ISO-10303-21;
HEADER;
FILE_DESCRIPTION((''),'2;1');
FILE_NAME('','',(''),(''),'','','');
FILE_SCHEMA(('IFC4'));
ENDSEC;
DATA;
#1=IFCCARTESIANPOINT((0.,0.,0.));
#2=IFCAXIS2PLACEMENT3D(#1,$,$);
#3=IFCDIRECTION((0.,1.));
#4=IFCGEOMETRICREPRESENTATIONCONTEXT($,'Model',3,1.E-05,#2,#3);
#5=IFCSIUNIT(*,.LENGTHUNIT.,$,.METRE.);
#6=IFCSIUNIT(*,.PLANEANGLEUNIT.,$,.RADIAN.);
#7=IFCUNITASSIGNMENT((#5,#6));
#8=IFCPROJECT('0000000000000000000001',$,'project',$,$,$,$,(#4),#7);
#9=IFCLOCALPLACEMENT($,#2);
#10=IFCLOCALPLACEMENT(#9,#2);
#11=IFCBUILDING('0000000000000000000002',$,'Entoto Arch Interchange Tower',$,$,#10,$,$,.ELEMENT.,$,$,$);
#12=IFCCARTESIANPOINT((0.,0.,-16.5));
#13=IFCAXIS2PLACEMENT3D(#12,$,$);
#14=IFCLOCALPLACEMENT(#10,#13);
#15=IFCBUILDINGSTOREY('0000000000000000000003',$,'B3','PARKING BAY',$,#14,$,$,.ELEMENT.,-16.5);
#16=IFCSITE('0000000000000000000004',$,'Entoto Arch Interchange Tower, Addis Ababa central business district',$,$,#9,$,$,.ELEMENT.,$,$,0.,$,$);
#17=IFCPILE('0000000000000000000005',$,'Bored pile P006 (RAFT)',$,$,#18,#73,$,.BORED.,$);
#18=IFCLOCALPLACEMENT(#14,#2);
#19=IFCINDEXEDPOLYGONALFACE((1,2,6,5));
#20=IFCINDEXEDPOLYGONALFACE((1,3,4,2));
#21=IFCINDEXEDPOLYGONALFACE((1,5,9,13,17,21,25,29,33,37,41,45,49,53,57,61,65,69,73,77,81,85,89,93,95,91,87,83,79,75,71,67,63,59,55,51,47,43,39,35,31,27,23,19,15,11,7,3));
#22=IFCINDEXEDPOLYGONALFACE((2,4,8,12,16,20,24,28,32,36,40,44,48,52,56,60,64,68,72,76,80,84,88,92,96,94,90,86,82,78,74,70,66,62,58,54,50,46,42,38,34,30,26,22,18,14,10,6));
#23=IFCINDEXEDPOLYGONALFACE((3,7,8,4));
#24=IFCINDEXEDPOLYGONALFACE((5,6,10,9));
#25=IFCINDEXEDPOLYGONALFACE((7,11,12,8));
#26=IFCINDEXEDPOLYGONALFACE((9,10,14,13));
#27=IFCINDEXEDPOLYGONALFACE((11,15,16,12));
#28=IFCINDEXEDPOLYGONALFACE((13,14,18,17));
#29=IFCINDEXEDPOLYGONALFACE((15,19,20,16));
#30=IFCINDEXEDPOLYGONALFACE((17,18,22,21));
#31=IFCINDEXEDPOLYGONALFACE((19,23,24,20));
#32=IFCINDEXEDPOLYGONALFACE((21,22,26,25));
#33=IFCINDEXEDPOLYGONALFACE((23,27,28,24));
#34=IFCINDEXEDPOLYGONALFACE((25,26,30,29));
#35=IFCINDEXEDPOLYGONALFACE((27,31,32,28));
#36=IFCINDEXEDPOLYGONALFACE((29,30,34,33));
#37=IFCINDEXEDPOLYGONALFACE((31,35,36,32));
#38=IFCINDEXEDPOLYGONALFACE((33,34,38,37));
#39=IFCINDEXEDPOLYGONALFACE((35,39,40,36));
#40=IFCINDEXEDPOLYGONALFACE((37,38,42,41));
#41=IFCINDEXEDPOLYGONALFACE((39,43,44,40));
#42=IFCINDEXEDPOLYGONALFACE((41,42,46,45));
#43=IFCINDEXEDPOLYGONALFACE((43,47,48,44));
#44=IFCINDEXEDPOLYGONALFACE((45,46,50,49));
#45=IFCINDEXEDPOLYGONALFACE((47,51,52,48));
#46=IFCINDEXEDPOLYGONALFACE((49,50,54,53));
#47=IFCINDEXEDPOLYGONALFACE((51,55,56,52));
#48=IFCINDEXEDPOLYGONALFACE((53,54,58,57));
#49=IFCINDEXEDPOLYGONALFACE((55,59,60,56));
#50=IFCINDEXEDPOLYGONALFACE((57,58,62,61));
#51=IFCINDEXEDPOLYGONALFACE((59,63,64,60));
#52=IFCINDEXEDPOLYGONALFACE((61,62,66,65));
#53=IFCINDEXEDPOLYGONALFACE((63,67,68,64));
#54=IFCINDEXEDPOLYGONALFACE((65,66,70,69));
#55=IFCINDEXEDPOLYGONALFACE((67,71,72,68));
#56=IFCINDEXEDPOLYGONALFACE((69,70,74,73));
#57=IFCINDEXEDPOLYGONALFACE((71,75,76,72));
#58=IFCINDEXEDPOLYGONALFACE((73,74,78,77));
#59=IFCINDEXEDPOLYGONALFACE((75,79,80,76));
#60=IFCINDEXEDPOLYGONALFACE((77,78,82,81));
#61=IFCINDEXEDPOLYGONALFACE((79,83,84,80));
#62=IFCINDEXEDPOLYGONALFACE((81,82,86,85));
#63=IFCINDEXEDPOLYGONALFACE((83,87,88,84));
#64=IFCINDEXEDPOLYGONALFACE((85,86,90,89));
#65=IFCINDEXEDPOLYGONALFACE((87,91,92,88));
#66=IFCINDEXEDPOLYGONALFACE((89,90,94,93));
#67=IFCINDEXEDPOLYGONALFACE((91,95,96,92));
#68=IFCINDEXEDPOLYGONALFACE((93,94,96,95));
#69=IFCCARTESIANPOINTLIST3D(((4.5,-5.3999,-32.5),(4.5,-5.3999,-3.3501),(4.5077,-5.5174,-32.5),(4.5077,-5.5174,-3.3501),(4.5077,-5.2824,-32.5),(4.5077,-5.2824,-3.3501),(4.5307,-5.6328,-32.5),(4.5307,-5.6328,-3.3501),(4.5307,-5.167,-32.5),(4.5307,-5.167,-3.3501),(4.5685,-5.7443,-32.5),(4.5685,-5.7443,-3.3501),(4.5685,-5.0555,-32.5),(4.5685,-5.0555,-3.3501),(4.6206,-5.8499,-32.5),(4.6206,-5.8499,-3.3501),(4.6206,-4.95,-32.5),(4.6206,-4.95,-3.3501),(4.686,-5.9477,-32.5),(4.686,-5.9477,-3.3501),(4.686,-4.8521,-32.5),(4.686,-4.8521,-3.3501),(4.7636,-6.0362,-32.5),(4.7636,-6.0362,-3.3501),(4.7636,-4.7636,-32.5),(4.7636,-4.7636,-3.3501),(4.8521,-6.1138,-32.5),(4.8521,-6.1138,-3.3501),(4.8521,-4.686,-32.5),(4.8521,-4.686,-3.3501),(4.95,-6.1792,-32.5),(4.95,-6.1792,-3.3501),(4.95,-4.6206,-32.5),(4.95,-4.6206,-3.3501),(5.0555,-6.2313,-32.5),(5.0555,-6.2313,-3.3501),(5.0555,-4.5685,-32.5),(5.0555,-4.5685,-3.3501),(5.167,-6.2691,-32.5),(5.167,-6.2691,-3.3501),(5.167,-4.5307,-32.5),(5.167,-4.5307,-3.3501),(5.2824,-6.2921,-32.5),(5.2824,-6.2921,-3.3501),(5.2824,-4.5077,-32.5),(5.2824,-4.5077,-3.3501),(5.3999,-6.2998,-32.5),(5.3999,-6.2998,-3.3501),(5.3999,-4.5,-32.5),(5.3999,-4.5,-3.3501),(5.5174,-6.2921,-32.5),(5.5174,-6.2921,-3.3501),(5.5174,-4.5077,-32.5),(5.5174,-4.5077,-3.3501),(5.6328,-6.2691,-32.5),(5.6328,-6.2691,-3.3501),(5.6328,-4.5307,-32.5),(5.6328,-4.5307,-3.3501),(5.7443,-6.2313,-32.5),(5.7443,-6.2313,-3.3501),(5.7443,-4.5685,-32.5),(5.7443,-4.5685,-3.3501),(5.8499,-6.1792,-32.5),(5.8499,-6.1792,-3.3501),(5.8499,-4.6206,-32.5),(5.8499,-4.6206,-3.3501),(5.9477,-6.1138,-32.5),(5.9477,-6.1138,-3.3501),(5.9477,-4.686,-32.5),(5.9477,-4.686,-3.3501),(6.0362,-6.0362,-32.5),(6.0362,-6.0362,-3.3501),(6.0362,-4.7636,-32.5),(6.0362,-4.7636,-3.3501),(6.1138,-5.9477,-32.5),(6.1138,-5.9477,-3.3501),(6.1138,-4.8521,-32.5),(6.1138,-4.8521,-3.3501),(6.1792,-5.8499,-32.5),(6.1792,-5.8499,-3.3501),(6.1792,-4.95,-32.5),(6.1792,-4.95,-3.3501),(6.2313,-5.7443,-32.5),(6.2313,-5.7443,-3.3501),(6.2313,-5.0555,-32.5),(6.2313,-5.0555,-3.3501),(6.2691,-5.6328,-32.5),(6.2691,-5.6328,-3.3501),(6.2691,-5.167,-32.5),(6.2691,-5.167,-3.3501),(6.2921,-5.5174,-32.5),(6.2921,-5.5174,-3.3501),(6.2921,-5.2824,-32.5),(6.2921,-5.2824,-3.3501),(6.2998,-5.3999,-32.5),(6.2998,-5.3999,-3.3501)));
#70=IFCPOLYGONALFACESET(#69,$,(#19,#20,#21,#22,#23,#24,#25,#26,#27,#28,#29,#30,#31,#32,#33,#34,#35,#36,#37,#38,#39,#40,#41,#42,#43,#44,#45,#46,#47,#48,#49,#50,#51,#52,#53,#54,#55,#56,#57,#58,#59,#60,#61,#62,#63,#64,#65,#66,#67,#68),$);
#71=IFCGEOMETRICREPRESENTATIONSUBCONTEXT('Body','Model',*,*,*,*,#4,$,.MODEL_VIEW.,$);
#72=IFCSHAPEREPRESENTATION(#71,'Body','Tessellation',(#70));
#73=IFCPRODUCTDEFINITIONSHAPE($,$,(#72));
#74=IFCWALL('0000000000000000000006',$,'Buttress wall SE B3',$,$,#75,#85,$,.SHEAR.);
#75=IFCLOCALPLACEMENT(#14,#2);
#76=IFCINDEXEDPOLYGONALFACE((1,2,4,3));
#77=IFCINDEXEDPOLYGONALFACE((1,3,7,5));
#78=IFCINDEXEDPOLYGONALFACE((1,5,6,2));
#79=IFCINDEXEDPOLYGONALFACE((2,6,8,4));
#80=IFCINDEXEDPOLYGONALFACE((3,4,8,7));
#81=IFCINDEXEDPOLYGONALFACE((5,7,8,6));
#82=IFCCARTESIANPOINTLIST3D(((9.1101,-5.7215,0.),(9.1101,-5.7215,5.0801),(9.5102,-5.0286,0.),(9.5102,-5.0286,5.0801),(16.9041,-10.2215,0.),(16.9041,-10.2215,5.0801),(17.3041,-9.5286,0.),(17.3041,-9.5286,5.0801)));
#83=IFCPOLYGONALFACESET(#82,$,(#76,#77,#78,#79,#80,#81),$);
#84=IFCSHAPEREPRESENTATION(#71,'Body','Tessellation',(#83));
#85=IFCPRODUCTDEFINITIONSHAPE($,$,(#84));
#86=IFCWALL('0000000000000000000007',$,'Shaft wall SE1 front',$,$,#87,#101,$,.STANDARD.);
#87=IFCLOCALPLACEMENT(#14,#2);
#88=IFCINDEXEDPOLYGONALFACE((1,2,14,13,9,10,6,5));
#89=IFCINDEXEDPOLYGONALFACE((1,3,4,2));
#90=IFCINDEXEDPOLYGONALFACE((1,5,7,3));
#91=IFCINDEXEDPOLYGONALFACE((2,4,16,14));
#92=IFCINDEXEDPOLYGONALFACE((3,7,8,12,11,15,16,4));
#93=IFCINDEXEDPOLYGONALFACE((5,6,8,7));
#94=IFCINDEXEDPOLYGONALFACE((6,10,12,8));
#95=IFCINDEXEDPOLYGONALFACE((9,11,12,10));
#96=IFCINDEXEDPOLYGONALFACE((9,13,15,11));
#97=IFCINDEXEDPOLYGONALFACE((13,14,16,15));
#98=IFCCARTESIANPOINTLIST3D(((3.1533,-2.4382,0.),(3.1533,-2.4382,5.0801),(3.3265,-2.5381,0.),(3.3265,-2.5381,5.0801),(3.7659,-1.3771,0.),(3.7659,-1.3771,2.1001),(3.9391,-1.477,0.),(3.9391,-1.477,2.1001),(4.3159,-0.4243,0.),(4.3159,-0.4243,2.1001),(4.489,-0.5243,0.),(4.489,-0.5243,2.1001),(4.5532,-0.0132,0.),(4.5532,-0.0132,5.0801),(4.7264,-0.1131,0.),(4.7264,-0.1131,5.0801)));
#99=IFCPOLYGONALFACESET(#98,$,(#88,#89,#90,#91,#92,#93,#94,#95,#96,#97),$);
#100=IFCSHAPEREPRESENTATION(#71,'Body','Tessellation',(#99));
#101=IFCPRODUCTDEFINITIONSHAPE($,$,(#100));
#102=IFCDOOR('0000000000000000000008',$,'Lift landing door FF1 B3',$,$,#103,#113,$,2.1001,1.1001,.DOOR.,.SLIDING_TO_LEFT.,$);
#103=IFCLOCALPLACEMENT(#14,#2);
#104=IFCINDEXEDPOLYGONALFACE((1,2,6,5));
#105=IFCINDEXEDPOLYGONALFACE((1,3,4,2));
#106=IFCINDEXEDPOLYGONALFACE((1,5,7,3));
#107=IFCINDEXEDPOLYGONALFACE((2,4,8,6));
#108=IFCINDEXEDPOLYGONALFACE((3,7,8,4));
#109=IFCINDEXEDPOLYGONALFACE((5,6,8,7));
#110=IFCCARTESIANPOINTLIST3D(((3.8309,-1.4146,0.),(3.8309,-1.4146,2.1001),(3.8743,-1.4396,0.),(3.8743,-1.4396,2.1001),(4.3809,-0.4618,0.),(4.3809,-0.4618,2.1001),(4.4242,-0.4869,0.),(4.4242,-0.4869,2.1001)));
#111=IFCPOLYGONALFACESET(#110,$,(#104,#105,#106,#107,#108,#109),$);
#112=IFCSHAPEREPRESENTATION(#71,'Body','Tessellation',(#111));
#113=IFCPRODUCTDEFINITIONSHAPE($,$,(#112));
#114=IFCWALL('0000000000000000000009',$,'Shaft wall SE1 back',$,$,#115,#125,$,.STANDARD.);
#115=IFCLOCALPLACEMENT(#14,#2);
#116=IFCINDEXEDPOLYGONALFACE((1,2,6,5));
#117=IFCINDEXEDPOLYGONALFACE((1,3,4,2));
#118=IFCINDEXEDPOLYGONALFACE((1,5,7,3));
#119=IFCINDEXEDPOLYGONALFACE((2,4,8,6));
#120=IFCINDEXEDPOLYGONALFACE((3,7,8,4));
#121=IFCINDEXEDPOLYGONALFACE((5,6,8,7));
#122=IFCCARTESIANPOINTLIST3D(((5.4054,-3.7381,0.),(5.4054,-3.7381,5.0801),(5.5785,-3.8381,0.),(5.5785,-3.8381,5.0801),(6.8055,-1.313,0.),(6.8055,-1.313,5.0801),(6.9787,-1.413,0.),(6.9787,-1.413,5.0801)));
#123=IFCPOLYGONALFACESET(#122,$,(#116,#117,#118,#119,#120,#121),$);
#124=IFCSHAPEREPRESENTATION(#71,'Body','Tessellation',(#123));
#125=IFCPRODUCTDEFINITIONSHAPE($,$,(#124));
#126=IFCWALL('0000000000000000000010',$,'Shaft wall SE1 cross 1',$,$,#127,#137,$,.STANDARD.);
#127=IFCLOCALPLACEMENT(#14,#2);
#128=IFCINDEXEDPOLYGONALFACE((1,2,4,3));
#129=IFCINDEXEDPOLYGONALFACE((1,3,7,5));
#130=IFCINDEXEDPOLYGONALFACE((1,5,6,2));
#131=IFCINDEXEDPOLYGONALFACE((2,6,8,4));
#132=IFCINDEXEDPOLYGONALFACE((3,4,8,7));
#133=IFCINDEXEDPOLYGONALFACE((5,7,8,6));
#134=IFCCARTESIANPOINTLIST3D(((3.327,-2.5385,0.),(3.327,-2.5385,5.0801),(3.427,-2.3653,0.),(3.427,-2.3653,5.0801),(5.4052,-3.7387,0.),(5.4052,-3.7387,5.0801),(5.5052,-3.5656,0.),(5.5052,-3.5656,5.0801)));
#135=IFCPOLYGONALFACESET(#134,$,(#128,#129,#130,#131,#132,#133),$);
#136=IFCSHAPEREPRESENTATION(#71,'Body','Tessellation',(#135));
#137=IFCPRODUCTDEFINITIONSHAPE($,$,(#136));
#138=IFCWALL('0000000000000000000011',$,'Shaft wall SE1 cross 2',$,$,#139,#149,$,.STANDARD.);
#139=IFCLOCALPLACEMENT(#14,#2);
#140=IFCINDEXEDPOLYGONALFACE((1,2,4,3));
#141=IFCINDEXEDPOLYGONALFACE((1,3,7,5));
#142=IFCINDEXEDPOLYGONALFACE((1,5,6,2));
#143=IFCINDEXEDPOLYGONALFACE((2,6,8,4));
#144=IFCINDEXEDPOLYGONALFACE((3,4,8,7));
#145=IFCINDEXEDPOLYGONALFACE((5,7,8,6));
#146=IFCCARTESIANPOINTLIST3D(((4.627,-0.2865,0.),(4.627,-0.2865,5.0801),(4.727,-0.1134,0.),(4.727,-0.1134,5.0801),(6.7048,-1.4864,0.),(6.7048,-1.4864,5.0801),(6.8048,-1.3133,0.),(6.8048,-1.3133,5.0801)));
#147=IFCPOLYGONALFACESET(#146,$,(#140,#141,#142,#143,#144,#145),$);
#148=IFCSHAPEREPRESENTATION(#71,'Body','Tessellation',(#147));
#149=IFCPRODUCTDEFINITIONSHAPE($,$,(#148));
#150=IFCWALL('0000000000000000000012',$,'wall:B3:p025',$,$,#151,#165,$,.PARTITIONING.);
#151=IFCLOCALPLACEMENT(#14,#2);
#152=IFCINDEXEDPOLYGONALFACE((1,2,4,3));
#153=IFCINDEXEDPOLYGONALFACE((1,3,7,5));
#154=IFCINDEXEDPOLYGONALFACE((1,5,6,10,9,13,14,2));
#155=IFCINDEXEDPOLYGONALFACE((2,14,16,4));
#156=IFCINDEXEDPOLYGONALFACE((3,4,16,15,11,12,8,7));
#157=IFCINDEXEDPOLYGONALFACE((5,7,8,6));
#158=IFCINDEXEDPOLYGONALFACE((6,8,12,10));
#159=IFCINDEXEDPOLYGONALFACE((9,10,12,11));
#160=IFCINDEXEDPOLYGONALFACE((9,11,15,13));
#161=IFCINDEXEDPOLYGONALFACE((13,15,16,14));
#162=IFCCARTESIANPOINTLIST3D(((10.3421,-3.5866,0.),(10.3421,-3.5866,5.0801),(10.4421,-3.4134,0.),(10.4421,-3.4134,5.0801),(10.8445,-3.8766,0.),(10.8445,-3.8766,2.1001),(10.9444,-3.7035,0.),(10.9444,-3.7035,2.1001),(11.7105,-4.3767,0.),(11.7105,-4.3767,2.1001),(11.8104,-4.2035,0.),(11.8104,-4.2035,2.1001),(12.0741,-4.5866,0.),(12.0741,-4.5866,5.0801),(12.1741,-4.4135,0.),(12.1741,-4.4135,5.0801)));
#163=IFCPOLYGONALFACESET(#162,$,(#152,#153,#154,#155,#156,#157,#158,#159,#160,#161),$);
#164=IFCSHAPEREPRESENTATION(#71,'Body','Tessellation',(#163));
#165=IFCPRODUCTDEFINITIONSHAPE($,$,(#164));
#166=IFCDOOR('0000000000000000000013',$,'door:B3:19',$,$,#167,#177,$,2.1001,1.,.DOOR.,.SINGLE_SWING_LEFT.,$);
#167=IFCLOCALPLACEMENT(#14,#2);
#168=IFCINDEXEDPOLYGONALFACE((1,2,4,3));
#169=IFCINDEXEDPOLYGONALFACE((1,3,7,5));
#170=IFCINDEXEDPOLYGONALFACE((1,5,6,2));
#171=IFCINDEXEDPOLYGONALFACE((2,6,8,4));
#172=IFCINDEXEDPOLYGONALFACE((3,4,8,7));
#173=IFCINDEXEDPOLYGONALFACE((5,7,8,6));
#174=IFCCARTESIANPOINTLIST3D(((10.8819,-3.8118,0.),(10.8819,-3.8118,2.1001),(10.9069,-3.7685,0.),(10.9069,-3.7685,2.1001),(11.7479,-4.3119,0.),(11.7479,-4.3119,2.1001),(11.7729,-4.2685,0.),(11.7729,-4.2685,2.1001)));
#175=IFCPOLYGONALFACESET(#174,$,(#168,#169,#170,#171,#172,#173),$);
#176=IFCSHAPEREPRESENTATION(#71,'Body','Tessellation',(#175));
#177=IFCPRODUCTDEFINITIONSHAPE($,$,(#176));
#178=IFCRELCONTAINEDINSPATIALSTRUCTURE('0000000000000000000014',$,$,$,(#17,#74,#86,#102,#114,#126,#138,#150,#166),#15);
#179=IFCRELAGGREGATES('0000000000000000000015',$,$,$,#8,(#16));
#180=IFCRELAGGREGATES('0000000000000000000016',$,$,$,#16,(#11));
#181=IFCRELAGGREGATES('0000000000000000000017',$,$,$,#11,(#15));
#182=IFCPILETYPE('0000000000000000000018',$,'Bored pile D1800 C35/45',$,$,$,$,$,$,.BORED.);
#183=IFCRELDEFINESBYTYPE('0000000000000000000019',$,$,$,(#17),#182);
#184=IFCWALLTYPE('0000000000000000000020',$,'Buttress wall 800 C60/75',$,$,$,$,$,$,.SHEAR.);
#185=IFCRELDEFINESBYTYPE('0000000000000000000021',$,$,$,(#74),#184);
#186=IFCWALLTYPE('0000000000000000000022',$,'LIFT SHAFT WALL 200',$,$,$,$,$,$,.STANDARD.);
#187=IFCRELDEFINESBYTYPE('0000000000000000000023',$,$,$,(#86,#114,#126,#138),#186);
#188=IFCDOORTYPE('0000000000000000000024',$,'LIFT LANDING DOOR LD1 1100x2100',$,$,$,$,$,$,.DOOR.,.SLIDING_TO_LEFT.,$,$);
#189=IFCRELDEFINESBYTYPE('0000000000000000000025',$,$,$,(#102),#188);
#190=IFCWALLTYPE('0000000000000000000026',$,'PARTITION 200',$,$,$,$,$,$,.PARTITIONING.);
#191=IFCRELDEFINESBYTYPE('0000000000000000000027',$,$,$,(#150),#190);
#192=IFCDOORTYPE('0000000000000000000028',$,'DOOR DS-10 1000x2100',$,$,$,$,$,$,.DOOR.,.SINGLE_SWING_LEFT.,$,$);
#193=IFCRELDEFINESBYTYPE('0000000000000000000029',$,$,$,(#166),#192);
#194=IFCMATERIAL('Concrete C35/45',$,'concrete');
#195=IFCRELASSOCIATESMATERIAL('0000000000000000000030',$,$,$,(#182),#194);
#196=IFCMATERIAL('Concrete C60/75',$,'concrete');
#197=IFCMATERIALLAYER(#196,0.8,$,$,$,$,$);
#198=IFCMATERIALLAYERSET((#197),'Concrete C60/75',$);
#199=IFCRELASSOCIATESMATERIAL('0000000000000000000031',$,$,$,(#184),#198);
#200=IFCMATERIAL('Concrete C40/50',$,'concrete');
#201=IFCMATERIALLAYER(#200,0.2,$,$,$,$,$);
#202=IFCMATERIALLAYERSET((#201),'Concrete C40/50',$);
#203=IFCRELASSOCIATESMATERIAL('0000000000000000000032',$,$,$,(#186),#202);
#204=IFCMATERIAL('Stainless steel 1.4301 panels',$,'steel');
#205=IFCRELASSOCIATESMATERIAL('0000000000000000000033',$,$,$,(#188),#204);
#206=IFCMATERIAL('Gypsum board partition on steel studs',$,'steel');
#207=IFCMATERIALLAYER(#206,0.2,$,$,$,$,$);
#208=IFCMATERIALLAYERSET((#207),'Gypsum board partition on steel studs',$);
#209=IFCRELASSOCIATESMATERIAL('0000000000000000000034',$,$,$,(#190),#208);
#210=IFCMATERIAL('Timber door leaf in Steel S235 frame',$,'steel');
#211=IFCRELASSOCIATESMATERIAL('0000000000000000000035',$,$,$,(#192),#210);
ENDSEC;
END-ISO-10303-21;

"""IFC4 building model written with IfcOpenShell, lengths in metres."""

from ifc_helpers import new_model, si_unit, direction, frame, frame_2d, origin, origin_2d, place, context, subcontext, project, spatial, rectangle, circle, extrude, material, layer, layer_set, material_profile, profile_set, type_object, element, fill, save


model = new_model("IFC4")

# Units and contexts
model_context = context("Model", 3, precision=1e-05, world=origin(), true_north=direction((0.0, 1.0)))
body_context = subcontext(model_context, "Body", "Model", "MODEL_VIEW")
ifc_project = project(units=[si_unit("LENGTHUNIT", "METRE"), si_unit("PLANEANGLEUNIT", "RADIAN")], contexts=[model_context])

# Site, building, storey
site_placement = place(None, origin())
site = spatial("IfcSite", under=ifc_project, at=site_placement, Name="Entoto Arch Interchange Tower, Addis Ababa central business district", CompositionType="ELEMENT", RefElevation=0.0)
building_placement = place(site_placement, origin())
building = spatial("IfcBuilding", under=site, at=building_placement, Name="Entoto Arch Interchange Tower", CompositionType="ELEMENT")
storey_placement = place(building_placement, frame((0.0, 0.0, -16.5)))
storey = spatial("IfcBuildingStorey", under=building, at=storey_placement, Name="B3", Description="PARKING BAY", CompositionType="ELEMENT", Elevation=-16.5)

# Pile
ifc_material_1 = material(Name="Concrete C35/45", Category="concrete")
ifc_material_profile = material_profile(ifc_material_1, circle(Radius=0.8999, at=origin_2d()))
ifc_profile_set = profile_set([ifc_material_profile], Name="Concrete C35/45")
pile_type = type_object("IfcPileType", Name="Bored pile D1800 C35/45", PredefinedType="BORED", material=ifc_profile_set)
pile_placement = place(storey_placement, frame((5.3999, -5.3999, -3.3501), z_axis=(0.0, 0.0, -1.0), x_axis=(1.0, 0.0, 0.0)))
element("IfcPile", 1, at=pile_placement, inside=storey, type_object=pile_type, Name="Bored pile P006 (RAFT)", PredefinedType="BORED", context=body_context, shape_type="SweptSolid", body=[
    extrude(circle(Radius=0.8999, at=origin_2d()), origin(), (0.0, 0.0, 1.0), 29.1499),
])

# Wall
ifc_material_2 = material(Name="Concrete C60/75", Category="concrete")
ifc_layer_1 = layer(ifc_material_2, 0.8)
ifc_layer_set_1 = layer_set([ifc_layer_1], Name="Concrete C60/75")
wall_type_1 = type_object("IfcWallType", Name="Buttress wall 800 C60/75", PredefinedType="SHEAR", material=ifc_layer_set_1)
wall_1_placement = place(storey_placement, frame((9.3101, -5.375, 0.0), z_axis=(0.0, 0.0, 1.0), x_axis=(0.866018, -0.500014, 0.0)))
element("IfcWall", 2, at=wall_1_placement, inside=storey, type_object=wall_type_1, Name="Buttress wall SE B3", PredefinedType="SHEAR", context=body_context, shape_type="SweptSolid", body=[
    extrude(rectangle(XDim=8.9998, YDim=0.8, at=frame_2d((4.5, 0.0))), origin(), (0.0, 0.0, 1.0), 5.0801),
])

# Wall, opening, door
ifc_material_3 = material(Name="Concrete C40/50", Category="concrete")
ifc_layer_2 = layer(ifc_material_3, 0.2)
ifc_layer_set_2 = layer_set([ifc_layer_2], Name="Concrete C40/50")
wall_type_2 = type_object("IfcWallType", Name="LIFT SHAFT WALL 200", PredefinedType="STANDARD", material=ifc_layer_set_2)
wall_2_placement = place(storey_placement, frame((3.24, -2.488, 0.0), z_axis=(0.0, 0.0, 1.0), x_axis=(0.499946, 0.866056, 0.0)))
wall_2 = element("IfcWall", 3, at=wall_2_placement, inside=storey, type_object=wall_type_2, Name="Shaft wall SE1 front", PredefinedType="STANDARD", context=body_context, shape_type="SweptSolid", body=[
    extrude(rectangle(XDim=2.8, YDim=0.2, at=frame_2d((1.3999, 0.0))), origin(), (0.0, 0.0, 1.0), 5.0801),
])
opening_1_placement = place(wall_2_placement, frame((1.2251, 0.0, 0.0)))
opening_1 = element("IfcOpeningElement", 4, at=opening_1_placement, cuts=wall_2, PredefinedType="OPENING", context=body_context, shape_type="SweptSolid", body=[
    extrude(rectangle(XDim=1.1001, YDim=2.1001, at=frame_2d((0.55, 1.05))), frame((0.0, 0.1099, 0.0), z_axis=(0.0, -1.0, 0.0), x_axis=(1.0, 0.0, 0.0)), (0.0, 0.0, 1.0), 0.22),
])
ifc_material_4 = material(Name="Stainless steel 1.4301 panels", Category="steel")
door_type_1 = type_object("IfcDoorType", Name="LIFT LANDING DOOR LD1 1100x2100", OperationType="SLIDING_TO_LEFT", PredefinedType="DOOR", material=ifc_material_4)
door_1_placement = place(opening_1_placement, origin())
door_1 = element("IfcDoor", 5, at=door_1_placement, inside=storey, type_object=door_type_1, Name="Lift landing door FF1 B3", OperationType="SLIDING_TO_LEFT", OverallHeight=2.1001, OverallWidth=1.1001, PredefinedType="DOOR", context=body_context, shape_type="SweptSolid", body=[
    extrude(rectangle(XDim=1.1001, YDim=2.1001, at=frame_2d((0.55, 1.05))), frame((0.0, 0.0249, 0.0), z_axis=(0.0, -1.0, 0.0), x_axis=(1.0, 0.0, 0.0)), (0.0, 0.0, 1.0), 0.05),
])
fill(opening_1, door_1)

# Walls
wall_3_placement = place(storey_placement, frame((5.4919, -3.7881, 0.0), z_axis=(0.0, 0.0, 1.0), x_axis=(0.500012, 0.866019, 0.0)))
element("IfcWall", 6, at=wall_3_placement, inside=storey, type_object=wall_type_2, Name="Shaft wall SE1 back", PredefinedType="STANDARD", context=body_context, shape_type="SweptSolid", body=[
    extrude(rectangle(XDim=2.8003, YDim=0.2, at=frame_2d((1.4001, 0.0))), origin(), (0.0, 0.0, 1.0), 5.0801),
])
wall_4_placement = place(storey_placement, frame((3.377, -2.4519, 0.0), z_axis=(0.0, 0.0, 1.0), x_axis=(0.865955, -0.500122, 0.0)))
element("IfcWall", 7, at=wall_4_placement, inside=storey, type_object=wall_type_2, Name="Shaft wall SE1 cross 1", PredefinedType="STANDARD", context=body_context, shape_type="SweptSolid", body=[
    extrude(rectangle(XDim=2.3999, YDim=0.2, at=frame_2d((1.2, 0.0))), origin(), (0.0, 0.0, 1.0), 5.0801),
])
wall_5_placement = place(storey_placement, frame((4.677, -0.2, 0.0), z_axis=(0.0, 0.0, 1.0), x_axis=(0.865974, -0.500089, 0.0)))
element("IfcWall", 8, at=wall_5_placement, inside=storey, type_object=wall_type_2, Name="Shaft wall SE1 cross 2", PredefinedType="STANDARD", context=body_context, shape_type="SweptSolid", body=[
    extrude(rectangle(XDim=2.3994, YDim=0.2, at=frame_2d((1.1997, 0.0))), origin(), (0.0, 0.0, 1.0), 5.0801),
])

# Wall, opening, door
ifc_material_5 = material(Name="Gypsum board partition on steel studs", Category="steel")
ifc_layer_3 = layer(ifc_material_5, 0.2)
ifc_layer_set_3 = layer_set([ifc_layer_3], Name="Gypsum board partition on steel studs")
wall_type_3 = type_object("IfcWallType", Name="PARTITION 200", PredefinedType="PARTITIONING", material=ifc_layer_set_3)
wall_6_placement = place(storey_placement, frame((10.3921, -3.5, 0.0), z_axis=(0.0, 0.0, 1.0), x_axis=(0.866011, -0.500025, 0.0)))
wall_6 = element("IfcWall", 9, at=wall_6_placement, inside=storey, type_object=wall_type_3, Name="wall:B3:p025", PredefinedType="PARTITIONING", context=body_context, shape_type="SweptSolid", body=[
    extrude(rectangle(XDim=2.0, YDim=0.2, at=frame_2d((1.0, 0.0))), origin(), (0.0, 0.0, 1.0), 5.0801),
])
opening_2_placement = place(wall_6_placement, frame((0.5801, 0.0, 0.0)))
opening_2 = element("IfcOpeningElement", 10, at=opening_2_placement, cuts=wall_6, PredefinedType="OPENING", context=body_context, shape_type="SweptSolid", body=[
    extrude(rectangle(XDim=1.0, YDim=2.1001, at=frame_2d((0.5, 1.05))), frame((0.0, 0.1099, 0.0), z_axis=(0.0, -1.0, 0.0), x_axis=(1.0, 0.0, 0.0)), (0.0, 0.0, 1.0), 0.22),
])
ifc_material_6 = material(Name="Timber door leaf in Steel S235 frame", Category="steel")
door_type_2 = type_object("IfcDoorType", Name="DOOR DS-10 1000x2100", OperationType="SINGLE_SWING_LEFT", PredefinedType="DOOR", material=ifc_material_6)
door_2_placement = place(opening_2_placement, origin())
door_2 = element("IfcDoor", 11, at=door_2_placement, inside=storey, type_object=door_type_2, Name="door:B3:19", OperationType="SINGLE_SWING_LEFT", OverallHeight=2.1001, OverallWidth=1.0, PredefinedType="DOOR", context=body_context, shape_type="SweptSolid", body=[
    extrude(rectangle(XDim=1.0, YDim=2.1001, at=frame_2d((0.5, 1.05))), frame((0.0, 0.0249, 0.0), z_axis=(0.0, -1.0, 0.0), x_axis=(1.0, 0.0, 0.0)), (0.0, 0.0, 1.0), 0.05),
])
fill(opening_2, door_2)

save(model, "model.ifc")
